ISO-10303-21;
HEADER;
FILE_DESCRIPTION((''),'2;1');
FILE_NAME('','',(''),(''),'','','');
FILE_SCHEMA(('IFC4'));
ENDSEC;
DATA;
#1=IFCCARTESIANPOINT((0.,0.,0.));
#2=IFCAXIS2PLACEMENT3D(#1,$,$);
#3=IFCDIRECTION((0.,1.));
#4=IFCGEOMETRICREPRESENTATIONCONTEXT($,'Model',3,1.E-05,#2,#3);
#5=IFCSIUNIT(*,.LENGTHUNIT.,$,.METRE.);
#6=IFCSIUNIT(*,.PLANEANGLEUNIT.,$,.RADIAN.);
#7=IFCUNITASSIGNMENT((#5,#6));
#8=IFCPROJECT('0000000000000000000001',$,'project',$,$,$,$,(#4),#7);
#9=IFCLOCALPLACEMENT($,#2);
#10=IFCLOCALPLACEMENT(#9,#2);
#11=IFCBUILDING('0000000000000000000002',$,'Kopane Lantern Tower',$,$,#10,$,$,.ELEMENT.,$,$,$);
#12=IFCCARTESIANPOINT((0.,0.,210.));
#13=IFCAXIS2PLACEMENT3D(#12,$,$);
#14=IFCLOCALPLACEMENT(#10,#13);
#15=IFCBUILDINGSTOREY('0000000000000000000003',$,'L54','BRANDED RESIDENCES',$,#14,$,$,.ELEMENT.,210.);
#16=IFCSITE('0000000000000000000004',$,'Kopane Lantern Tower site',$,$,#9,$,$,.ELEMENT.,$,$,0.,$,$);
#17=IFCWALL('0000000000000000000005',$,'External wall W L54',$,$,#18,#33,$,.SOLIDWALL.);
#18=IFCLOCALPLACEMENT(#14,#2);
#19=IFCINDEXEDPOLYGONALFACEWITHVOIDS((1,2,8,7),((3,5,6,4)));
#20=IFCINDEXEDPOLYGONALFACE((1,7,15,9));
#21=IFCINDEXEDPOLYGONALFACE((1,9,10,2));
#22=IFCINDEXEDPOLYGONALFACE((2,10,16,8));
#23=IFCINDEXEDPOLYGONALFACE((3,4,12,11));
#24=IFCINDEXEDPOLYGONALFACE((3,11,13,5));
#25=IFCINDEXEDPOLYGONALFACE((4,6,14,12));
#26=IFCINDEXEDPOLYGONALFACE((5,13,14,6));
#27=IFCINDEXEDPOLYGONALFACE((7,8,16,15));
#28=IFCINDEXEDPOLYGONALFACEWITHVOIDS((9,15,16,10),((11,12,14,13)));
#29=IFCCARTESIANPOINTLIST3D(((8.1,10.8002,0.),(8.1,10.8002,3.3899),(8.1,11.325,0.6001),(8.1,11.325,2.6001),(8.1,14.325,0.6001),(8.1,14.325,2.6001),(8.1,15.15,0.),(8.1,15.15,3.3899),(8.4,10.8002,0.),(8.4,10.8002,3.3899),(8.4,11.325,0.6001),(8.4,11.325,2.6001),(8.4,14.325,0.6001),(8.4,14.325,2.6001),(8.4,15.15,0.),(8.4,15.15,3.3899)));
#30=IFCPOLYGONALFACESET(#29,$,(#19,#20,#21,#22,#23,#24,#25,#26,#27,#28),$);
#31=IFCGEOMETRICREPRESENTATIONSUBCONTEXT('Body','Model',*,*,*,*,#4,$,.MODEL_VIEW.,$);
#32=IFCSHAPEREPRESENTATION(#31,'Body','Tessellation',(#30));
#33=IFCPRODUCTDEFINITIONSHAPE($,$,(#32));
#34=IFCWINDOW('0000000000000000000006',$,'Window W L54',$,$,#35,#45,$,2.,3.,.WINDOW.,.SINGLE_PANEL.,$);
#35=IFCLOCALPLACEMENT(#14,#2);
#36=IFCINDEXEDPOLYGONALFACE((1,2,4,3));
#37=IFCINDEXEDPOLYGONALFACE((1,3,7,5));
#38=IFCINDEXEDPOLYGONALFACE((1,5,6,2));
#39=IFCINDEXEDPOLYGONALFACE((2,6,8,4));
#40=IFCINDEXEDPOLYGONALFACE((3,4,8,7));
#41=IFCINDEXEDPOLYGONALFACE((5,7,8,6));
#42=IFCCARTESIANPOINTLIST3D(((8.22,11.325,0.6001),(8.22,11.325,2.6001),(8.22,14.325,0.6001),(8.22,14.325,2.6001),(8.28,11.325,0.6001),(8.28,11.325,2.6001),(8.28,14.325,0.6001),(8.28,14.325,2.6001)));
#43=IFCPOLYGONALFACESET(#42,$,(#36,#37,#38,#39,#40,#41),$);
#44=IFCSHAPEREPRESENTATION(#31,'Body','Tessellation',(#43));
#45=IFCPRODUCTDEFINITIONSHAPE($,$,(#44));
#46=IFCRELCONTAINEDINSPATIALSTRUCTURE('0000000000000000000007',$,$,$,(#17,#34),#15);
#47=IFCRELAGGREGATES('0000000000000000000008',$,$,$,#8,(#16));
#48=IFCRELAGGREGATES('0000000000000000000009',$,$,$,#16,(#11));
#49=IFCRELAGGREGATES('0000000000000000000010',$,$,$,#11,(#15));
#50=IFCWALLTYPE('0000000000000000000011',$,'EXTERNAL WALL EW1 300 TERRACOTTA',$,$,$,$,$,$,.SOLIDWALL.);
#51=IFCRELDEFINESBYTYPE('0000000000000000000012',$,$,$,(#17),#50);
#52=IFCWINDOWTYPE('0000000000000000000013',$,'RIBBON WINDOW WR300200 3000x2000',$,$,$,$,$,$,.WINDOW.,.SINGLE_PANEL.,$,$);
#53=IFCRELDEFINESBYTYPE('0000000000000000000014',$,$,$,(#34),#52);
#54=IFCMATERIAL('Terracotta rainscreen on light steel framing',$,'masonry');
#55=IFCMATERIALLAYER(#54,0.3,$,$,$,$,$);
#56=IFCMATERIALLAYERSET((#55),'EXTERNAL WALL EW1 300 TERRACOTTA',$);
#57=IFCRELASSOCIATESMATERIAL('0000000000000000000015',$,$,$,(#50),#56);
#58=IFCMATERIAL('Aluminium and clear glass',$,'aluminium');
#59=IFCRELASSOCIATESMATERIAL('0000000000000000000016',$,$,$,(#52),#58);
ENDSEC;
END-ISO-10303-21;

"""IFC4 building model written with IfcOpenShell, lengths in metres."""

from ifc_helpers import new_model, si_unit, direction, frame, frame_2d, origin, place, context, subcontext, project, spatial, rectangle, extrude, material, layer, layer_set, type_object, element, fill, save


model = new_model("IFC4")

# Units and contexts
model_context = context("Model", 3, precision=1e-05, world=origin(), true_north=direction((0.0, 1.0)))
body_context = subcontext(model_context, "Body", "Model", "MODEL_VIEW")
ifc_project = project(units=[si_unit("LENGTHUNIT", "METRE"), si_unit("PLANEANGLEUNIT", "RADIAN")], contexts=[model_context])

# Site, building, storey
site_placement = place(None, origin())
site = spatial("IfcSite", under=ifc_project, at=site_placement, Name="Kopane Lantern Tower site", CompositionType="ELEMENT", RefElevation=0.0)
building_placement = place(site_placement, origin())
building = spatial("IfcBuilding", under=site, at=building_placement, Name="Kopane Lantern Tower", CompositionType="ELEMENT")
storey_placement = place(building_placement, frame((0.0, 0.0, 210.0)))
storey = spatial("IfcBuildingStorey", under=building, at=storey_placement, Name="L54", Description="BRANDED RESIDENCES", CompositionType="ELEMENT", Elevation=210.0)

# Shared definitions
ifc_material_1 = material(Name="Terracotta rainscreen on light steel framing", Category="masonry")
ifc_layer = layer(ifc_material_1, 0.3)
ifc_layer_set = layer_set([ifc_layer], Name="EXTERNAL WALL EW1 300 TERRACOTTA")
wall_type = type_object("IfcWallType", Name="EXTERNAL WALL EW1 300 TERRACOTTA", PredefinedType="SOLIDWALL", material=ifc_layer_set)

# Wall, opening, window
wall_1_placement = place(storey_placement, frame((8.25, 15.1499, 0.0), z_axis=(0.0, 0.0, 1.0), x_axis=(0.0, -1.0, 0.0)))
wall_1 = element("IfcWall", 1, at=wall_1_placement, inside=storey, type_object=wall_type, Name="External wall W L54", PredefinedType="SOLIDWALL", context=body_context, shape_type="SweptSolid", body=[
    extrude(rectangle(XDim=4.3499, YDim=0.3, at=frame_2d((2.1748, 0.0))), origin(), (0.0, 0.0, 1.0), 3.3899),
])
opening_1_placement = place(wall_1_placement, frame((0.825, 0.0, 0.6001)))
opening_1 = element("IfcOpeningElement", 2, at=opening_1_placement, cuts=wall_1, PredefinedType="OPENING", context=body_context, shape_type="SweptSolid", body=[
    extrude(rectangle(XDim=3.0, YDim=2.0, at=frame_2d((1.5, 1.0))), frame((0.0, 0.1599, 0.0), z_axis=(0.0, -1.0, 0.0), x_axis=(1.0, 0.0, 0.0)), (0.0, 0.0, 1.0), 0.3201),
])
ifc_material_2 = material(Name="Aluminium and clear glass", Category="aluminium")
window_type_1 = type_object("IfcWindowType", Name="RIBBON WINDOW WR300200 3000x2000", PartitioningType="SINGLE_PANEL", PredefinedType="WINDOW", material=ifc_material_2)
window_1_placement = place(opening_1_placement, origin())
window_1 = element("IfcWindow", 3, at=window_1_placement, inside=storey, type_object=window_type_1, Name="Window W L54", OverallHeight=2.0, OverallWidth=3.0, PartitioningType="SINGLE_PANEL", PredefinedType="WINDOW", context=body_context, shape_type="SweptSolid", body=[
    extrude(rectangle(XDim=3.0, YDim=2.0, at=frame_2d((1.5, 1.0))), frame((0.0, 0.03, 0.0), z_axis=(0.0, -1.0, 0.0), x_axis=(1.0, 0.0, 0.0)), (0.0, 0.0, 1.0), 0.0601),
])
fill(opening_1, window_1)

save(model, "model.ifc")
